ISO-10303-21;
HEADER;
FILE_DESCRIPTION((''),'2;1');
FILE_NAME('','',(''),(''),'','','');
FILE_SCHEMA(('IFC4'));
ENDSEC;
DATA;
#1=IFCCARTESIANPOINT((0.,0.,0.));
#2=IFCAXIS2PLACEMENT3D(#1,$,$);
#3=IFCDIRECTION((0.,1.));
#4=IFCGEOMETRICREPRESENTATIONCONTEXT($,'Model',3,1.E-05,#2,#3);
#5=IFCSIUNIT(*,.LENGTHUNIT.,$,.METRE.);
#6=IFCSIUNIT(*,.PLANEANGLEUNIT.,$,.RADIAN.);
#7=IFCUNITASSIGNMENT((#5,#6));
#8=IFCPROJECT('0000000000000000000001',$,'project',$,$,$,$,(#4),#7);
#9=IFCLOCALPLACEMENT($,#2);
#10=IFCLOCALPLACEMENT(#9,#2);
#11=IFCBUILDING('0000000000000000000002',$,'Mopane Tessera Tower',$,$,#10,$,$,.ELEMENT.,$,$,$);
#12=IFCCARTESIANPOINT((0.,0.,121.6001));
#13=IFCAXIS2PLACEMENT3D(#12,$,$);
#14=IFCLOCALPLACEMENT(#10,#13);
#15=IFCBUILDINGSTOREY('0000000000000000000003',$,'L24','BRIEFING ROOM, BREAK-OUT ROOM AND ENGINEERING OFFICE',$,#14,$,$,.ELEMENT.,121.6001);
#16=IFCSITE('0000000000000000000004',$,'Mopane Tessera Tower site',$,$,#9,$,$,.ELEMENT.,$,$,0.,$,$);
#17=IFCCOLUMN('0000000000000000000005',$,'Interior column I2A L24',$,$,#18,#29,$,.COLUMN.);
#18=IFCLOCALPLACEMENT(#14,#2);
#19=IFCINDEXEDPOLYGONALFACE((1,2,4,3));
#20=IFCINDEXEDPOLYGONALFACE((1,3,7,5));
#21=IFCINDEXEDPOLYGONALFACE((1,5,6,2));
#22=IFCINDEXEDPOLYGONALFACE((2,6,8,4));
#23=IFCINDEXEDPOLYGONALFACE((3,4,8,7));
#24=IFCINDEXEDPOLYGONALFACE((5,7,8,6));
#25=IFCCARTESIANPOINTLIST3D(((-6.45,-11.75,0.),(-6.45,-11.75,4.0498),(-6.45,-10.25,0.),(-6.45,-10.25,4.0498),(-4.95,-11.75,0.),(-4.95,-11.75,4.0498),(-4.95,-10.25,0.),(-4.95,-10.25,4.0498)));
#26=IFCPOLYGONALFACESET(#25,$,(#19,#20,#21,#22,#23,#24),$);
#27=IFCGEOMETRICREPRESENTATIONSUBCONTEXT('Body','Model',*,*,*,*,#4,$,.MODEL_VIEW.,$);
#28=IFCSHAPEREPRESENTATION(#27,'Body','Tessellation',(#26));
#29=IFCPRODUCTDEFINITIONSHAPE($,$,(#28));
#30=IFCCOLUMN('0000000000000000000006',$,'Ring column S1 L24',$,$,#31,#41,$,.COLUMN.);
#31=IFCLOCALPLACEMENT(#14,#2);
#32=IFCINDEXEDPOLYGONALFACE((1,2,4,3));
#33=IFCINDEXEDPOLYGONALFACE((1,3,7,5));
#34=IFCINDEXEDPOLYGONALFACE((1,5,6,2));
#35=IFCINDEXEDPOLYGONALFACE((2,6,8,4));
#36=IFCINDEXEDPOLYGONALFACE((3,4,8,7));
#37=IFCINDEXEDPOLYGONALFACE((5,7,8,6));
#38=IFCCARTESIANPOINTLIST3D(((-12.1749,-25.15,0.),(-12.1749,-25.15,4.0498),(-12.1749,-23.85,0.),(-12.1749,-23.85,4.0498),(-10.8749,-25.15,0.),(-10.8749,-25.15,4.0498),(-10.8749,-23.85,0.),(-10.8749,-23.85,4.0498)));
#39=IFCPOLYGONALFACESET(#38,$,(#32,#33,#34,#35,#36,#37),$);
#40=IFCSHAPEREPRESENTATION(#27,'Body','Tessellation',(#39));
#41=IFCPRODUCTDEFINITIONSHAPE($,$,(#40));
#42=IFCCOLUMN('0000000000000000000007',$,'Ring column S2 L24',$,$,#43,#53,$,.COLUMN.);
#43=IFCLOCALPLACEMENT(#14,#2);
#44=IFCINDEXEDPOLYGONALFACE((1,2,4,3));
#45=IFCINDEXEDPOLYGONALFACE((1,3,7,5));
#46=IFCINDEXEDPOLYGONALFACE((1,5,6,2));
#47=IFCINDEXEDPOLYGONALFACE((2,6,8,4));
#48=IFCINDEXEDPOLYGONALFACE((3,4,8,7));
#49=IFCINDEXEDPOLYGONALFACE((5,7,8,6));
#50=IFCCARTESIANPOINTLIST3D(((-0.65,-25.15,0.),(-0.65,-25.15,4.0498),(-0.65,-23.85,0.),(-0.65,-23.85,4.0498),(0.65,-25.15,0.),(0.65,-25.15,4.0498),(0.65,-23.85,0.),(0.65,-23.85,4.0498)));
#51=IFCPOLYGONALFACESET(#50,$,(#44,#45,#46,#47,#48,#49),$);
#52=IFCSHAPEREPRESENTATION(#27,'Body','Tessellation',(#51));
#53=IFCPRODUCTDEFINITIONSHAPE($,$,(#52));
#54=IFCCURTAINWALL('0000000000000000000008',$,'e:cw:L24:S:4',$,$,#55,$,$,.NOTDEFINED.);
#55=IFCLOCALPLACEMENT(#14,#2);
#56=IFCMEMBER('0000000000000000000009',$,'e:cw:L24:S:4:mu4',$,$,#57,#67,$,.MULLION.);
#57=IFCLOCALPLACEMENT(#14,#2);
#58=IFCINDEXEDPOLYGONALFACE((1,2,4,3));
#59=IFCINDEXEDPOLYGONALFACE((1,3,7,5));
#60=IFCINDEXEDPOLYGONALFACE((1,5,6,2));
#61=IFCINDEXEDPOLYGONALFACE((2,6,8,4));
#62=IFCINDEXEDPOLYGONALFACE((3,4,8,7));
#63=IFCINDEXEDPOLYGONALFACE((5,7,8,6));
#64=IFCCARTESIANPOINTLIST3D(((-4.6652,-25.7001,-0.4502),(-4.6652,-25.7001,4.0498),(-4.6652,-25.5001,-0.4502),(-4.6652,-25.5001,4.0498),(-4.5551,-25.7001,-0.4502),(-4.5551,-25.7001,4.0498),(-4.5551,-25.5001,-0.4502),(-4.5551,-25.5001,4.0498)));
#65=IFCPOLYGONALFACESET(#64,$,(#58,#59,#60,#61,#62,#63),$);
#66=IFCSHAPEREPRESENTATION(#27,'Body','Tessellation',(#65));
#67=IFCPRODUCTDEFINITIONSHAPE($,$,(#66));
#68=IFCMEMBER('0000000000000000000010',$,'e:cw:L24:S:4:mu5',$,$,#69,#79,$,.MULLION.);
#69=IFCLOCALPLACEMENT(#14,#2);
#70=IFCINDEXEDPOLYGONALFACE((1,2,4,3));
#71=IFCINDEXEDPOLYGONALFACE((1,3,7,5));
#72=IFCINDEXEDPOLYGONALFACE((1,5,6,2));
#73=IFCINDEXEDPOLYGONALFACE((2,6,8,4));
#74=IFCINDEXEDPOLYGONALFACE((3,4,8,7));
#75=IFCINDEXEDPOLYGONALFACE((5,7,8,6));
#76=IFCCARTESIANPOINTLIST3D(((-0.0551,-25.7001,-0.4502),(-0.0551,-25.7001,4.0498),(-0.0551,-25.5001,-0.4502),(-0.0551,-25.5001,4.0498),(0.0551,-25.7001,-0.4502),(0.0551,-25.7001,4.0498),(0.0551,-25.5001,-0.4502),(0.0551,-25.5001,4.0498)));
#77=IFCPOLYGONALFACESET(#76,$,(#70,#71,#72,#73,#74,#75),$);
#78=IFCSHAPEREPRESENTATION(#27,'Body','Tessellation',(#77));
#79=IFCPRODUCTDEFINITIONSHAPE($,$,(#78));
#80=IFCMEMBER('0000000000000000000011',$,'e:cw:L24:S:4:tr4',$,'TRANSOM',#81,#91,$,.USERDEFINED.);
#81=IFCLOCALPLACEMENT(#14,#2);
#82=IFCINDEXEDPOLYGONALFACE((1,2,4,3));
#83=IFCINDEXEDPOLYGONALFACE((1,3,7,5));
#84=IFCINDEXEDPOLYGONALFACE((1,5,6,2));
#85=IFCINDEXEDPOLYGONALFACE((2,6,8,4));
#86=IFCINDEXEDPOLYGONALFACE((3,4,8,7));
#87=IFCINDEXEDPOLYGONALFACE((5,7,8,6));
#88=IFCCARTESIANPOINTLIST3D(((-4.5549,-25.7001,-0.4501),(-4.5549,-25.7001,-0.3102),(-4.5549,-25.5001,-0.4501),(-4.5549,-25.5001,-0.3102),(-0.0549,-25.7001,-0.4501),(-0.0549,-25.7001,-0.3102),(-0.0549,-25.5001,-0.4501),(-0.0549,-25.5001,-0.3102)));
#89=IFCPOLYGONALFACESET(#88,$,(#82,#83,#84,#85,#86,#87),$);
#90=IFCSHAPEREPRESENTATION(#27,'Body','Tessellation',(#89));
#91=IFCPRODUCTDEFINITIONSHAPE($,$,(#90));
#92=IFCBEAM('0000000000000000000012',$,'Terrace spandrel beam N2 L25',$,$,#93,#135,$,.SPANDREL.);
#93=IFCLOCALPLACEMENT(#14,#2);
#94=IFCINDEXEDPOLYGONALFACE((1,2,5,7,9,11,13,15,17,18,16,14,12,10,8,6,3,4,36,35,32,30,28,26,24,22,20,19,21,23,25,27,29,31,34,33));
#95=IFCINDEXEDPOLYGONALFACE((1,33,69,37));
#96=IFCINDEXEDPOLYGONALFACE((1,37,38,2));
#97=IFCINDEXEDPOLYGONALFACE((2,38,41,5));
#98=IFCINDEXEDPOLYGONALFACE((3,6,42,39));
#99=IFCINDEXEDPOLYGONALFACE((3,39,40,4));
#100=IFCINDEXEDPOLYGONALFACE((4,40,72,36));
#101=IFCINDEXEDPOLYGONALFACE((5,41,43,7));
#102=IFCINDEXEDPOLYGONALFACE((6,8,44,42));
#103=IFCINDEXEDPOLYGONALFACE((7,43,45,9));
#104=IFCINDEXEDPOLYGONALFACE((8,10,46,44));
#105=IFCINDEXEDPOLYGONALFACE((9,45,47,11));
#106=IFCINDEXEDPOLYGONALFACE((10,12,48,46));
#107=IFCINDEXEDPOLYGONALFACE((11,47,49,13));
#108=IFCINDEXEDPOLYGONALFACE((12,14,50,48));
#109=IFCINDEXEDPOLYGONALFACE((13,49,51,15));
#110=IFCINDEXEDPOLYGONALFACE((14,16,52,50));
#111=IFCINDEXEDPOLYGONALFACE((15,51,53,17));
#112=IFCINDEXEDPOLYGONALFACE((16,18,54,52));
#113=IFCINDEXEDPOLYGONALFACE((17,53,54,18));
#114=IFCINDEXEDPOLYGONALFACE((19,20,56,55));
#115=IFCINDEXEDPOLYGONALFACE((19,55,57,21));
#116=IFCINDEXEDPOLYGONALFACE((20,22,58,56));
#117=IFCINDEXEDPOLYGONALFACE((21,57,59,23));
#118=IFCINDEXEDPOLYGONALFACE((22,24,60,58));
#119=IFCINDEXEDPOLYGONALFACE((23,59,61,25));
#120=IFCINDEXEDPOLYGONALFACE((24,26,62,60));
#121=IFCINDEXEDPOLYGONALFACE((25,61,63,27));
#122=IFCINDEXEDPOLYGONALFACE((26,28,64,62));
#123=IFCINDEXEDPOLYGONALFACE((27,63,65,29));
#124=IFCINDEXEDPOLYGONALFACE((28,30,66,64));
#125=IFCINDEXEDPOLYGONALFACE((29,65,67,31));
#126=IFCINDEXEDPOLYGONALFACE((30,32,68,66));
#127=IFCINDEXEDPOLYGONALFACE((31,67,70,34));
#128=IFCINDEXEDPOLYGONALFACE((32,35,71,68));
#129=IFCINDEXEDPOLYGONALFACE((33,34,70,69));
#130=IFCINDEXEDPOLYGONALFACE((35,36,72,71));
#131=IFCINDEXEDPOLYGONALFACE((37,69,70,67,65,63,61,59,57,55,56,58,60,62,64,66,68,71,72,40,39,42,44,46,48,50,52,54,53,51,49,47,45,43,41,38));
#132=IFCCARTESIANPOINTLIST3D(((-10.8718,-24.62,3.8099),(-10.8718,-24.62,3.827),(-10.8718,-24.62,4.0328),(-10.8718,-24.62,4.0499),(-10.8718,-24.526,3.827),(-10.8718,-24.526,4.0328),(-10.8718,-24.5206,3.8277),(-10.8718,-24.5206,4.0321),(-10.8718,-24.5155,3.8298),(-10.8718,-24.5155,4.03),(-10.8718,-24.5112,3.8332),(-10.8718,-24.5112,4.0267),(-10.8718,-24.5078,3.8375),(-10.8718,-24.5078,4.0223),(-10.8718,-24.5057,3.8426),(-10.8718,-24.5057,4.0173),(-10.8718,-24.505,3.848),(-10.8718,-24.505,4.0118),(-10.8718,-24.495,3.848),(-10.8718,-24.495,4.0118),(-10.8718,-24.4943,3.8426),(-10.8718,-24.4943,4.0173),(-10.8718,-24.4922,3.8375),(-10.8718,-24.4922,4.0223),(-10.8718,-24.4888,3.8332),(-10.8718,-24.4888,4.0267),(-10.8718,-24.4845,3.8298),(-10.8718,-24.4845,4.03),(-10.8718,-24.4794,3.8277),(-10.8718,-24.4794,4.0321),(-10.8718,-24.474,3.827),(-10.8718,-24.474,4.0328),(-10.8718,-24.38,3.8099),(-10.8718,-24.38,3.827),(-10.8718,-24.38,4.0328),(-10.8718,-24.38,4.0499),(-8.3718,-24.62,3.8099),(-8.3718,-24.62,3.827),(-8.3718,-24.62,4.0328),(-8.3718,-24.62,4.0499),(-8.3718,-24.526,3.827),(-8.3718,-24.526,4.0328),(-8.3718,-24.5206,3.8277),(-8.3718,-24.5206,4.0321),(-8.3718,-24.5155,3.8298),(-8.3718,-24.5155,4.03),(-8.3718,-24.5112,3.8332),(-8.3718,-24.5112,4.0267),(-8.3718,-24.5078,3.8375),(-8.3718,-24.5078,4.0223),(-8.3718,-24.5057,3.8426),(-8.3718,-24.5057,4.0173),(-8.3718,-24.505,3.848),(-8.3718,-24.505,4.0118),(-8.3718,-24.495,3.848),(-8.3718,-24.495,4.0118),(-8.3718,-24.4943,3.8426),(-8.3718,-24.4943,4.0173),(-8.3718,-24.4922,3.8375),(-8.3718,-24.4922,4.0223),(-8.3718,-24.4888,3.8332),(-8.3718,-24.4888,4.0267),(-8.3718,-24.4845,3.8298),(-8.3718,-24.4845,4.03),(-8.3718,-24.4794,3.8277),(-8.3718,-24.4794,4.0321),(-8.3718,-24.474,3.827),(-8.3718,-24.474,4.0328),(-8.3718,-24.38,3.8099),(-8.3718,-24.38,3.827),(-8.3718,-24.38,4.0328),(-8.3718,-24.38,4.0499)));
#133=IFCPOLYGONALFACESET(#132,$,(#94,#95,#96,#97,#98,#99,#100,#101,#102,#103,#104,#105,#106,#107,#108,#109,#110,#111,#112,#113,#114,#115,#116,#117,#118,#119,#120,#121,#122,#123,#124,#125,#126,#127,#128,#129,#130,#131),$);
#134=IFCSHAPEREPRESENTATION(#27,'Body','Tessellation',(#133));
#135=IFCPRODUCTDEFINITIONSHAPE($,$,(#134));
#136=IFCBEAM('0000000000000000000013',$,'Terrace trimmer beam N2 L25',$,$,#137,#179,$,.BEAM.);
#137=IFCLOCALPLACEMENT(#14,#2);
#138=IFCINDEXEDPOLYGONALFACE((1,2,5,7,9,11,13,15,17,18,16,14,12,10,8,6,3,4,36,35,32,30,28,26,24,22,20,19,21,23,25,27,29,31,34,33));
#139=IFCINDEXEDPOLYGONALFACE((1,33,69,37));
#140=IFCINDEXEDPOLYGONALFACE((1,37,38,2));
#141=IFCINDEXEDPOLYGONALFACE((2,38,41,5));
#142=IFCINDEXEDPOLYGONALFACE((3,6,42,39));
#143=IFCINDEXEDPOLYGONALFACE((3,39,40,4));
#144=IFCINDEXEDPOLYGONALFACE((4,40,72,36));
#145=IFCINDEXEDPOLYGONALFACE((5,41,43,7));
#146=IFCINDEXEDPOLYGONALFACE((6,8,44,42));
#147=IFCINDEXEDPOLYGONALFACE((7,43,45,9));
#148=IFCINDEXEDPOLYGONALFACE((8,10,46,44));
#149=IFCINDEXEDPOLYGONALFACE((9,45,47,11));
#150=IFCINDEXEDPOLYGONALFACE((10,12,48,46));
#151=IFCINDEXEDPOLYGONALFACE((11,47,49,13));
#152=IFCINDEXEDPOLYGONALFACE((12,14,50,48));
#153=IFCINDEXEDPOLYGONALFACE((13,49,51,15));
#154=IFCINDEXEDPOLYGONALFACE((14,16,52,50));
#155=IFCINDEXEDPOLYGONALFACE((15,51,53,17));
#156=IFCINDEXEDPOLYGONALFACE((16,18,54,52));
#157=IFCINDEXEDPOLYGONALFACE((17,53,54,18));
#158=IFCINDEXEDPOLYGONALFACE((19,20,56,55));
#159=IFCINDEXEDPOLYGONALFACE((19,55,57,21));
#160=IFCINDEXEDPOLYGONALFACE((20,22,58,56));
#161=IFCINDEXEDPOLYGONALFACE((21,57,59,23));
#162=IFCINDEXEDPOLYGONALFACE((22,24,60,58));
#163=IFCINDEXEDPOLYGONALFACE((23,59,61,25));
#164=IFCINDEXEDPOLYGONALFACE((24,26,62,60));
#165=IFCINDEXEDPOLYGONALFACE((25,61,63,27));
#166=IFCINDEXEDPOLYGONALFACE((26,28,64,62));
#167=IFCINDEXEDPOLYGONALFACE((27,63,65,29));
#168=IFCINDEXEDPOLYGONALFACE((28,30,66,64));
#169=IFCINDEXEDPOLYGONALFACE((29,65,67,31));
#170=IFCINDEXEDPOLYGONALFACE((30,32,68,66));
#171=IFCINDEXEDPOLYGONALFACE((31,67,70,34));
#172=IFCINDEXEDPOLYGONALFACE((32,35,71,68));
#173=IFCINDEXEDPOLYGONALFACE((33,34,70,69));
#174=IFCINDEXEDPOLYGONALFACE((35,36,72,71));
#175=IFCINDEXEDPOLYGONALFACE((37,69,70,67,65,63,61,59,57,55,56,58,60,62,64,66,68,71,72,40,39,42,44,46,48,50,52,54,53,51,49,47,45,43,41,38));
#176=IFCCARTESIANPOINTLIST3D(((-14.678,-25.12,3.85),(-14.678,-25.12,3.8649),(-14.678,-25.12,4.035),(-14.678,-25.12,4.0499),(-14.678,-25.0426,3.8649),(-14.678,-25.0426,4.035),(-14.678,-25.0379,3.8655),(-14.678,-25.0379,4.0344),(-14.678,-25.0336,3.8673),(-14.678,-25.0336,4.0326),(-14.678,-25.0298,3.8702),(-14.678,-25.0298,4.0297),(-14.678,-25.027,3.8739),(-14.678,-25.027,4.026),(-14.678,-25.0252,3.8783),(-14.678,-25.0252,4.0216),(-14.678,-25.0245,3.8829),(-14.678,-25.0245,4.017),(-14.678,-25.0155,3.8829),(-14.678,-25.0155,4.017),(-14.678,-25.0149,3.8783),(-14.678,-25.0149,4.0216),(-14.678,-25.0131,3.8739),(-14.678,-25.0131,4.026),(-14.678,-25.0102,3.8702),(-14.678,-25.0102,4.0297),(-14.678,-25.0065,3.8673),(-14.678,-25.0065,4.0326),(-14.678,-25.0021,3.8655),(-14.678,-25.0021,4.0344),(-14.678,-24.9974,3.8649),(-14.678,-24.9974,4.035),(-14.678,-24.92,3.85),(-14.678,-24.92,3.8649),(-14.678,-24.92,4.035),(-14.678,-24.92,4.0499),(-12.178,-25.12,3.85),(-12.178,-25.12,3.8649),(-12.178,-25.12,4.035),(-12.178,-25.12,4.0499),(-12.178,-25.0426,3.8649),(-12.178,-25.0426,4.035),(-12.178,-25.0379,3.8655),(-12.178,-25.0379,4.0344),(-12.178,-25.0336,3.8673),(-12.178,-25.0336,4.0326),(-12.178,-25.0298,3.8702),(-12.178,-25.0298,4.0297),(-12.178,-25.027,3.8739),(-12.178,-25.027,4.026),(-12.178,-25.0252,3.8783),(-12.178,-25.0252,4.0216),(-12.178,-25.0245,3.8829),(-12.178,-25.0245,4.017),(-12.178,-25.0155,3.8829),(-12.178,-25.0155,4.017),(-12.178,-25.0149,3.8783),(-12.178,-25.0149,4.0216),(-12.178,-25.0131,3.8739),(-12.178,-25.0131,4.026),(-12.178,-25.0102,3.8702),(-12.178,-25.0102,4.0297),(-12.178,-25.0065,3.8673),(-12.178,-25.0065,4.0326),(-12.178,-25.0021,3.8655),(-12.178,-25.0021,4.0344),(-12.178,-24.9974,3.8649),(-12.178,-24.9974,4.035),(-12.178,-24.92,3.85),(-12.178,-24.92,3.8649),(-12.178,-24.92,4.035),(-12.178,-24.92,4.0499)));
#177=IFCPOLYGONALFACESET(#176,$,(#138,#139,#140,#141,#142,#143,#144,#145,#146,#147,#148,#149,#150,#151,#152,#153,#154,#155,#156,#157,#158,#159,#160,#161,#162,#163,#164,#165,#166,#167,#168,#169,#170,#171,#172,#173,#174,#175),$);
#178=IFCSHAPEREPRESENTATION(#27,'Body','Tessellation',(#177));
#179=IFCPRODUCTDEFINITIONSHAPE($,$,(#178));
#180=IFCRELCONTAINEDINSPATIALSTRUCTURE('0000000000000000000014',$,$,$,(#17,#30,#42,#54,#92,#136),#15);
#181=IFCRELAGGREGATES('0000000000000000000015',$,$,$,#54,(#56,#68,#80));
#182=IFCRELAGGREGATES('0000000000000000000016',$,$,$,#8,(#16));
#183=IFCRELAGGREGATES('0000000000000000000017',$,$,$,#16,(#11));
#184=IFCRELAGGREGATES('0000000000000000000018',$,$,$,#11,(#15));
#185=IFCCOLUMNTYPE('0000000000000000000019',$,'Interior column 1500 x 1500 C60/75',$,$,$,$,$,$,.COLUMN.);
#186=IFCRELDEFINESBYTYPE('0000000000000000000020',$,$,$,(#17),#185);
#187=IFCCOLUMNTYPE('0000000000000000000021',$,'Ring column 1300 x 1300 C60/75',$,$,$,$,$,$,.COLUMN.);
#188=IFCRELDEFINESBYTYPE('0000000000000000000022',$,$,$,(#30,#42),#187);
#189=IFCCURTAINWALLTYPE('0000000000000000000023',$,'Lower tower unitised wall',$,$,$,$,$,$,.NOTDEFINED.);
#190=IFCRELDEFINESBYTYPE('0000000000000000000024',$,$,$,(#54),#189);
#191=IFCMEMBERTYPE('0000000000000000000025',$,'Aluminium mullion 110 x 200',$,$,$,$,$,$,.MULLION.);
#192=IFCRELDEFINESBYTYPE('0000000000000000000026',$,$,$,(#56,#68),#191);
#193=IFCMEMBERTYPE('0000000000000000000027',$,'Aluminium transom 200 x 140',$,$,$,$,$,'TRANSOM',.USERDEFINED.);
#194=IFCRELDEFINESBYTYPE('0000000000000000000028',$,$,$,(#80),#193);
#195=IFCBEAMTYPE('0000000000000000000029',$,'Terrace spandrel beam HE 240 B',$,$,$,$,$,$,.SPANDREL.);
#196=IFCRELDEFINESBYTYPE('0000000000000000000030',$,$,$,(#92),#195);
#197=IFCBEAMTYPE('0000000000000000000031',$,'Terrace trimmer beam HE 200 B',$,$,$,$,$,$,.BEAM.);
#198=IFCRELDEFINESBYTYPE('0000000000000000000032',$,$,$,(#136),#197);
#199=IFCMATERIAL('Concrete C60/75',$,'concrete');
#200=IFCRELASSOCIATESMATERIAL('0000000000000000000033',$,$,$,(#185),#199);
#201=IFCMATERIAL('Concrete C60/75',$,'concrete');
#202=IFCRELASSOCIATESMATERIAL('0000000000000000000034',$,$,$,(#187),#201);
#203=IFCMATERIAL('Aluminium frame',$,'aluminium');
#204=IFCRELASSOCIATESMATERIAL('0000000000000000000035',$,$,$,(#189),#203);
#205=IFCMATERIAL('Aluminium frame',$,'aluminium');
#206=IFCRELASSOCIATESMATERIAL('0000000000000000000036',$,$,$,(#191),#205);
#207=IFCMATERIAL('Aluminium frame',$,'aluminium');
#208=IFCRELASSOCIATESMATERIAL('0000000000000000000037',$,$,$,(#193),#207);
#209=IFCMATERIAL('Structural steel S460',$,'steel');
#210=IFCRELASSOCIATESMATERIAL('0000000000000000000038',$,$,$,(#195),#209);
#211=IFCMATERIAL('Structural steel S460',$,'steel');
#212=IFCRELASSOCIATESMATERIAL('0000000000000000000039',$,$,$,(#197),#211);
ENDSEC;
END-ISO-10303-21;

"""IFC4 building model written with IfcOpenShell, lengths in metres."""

from ifc_helpers import new_model, si_unit, direction, frame, origin, origin_2d, place, context, subcontext, project, spatial, rectangle, i_section, extrude, material, material_profile, profile_set, type_object, element, aggregate, save


model = new_model("IFC4")

# Units and contexts
model_context = context("Model", 3, precision=1e-05, world=origin(), true_north=direction((0.0, 1.0)))
body_context = subcontext(model_context, "Body", "Model", "MODEL_VIEW")
ifc_project = project(units=[si_unit("LENGTHUNIT", "METRE"), si_unit("PLANEANGLEUNIT", "RADIAN")], contexts=[model_context])

# Site, building, storey
site_placement = place(None, origin())
site = spatial("IfcSite", under=ifc_project, at=site_placement, Name="Mopane Tessera Tower site", CompositionType="ELEMENT", RefElevation=0.0)
building_placement = place(site_placement, origin())
building = spatial("IfcBuilding", under=site, at=building_placement, Name="Mopane Tessera Tower", CompositionType="ELEMENT")
storey_placement = place(building_placement, frame((0.0, 0.0, 121.6001)))
storey = spatial("IfcBuildingStorey", under=building, at=storey_placement, Name="L24", Description="BRIEFING ROOM, BREAK-OUT ROOM AND ENGINEERING OFFICE", CompositionType="ELEMENT", Elevation=121.6001)

# Columns
ifc_material_1 = material(Name="Concrete C60/75", Category="concrete")
ifc_material_profile_1 = material_profile(ifc_material_1, rectangle(XDim=1.5, YDim=1.5, at=origin_2d()))
ifc_profile_set_1 = profile_set([ifc_material_profile_1], Name="Concrete C60/75")
column_type_1 = type_object("IfcColumnType", Name="Interior column 1500 x 1500 C60/75", PredefinedType="COLUMN", material=ifc_profile_set_1)
column_placement = place(storey_placement, frame((-5.7, -11.0, 0.0), z_axis=(0.0, 0.0, 1.0), x_axis=(1.0, 0.0, 0.0)))
element("IfcColumn", 1, at=column_placement, inside=storey, type_object=column_type_1, Name="Interior column I2A L24", PredefinedType="COLUMN", context=body_context, shape_type="SweptSolid", body=[
    extrude(rectangle(XDim=1.5, YDim=1.5, at=origin_2d()), origin(), (0.0, 0.0, 1.0), 4.0498),
])
ifc_material_2 = material(Name="Concrete C60/75", Category="concrete")
ifc_material_profile_2 = material_profile(ifc_material_2, rectangle(XDim=1.3, YDim=1.3, at=origin_2d()))
ifc_profile_set_2 = profile_set([ifc_material_profile_2], Name="Concrete C60/75")
column_type_2 = type_object("IfcColumnType", Name="Ring column 1300 x 1300 C60/75", PredefinedType="COLUMN", material=ifc_profile_set_2)
for number, where, z_axis, x_axis, name in (
    (2, (-11.5249, -24.5, 0.0), (0.0, 0.0, 1.0), (1.0, 0.0, 0.0), "Ring column S1 L24"),
    (3, (0.0, -24.5, 0.0), (0.0, 0.0, 1.0), (1.0, 0.0, 0.0), "Ring column S2 L24"),
):
    element("IfcColumn", number, at=place(storey_placement, frame(where, z_axis=z_axis, x_axis=x_axis)), inside=storey, type_object=column_type_2, Name=name, PredefinedType="COLUMN", context=body_context, shape_type="SweptSolid", body=[
        extrude(rectangle(XDim=1.3, YDim=1.3, at=origin_2d()), origin(), (0.0, 0.0, 1.0), 4.0498),
    ])

# Curtain wall, members
ifc_material_3 = material(Name="Aluminium frame", Category="aluminium")
curtain_wall_type = type_object("IfcCurtainWallType", Name="Lower tower unitised wall", PredefinedType="NOTDEFINED", material=ifc_material_3)
curtain_wall_placement = place(storey_placement, origin())
curtain_wall = element("IfcCurtainWall", 4, at=curtain_wall_placement, inside=storey, type_object=curtain_wall_type, Name="e:cw:L24:S:4", PredefinedType="NOTDEFINED")
ifc_material_4 = material(Name="Aluminium frame", Category="aluminium")
ifc_material_profile_3 = material_profile(ifc_material_4, rectangle(XDim=0.1101, YDim=0.2, at=origin_2d()))
ifc_profile_set_3 = profile_set([ifc_material_profile_3], Name="Aluminium frame")
member_type_1 = type_object("IfcMemberType", Name="Aluminium mullion 110 x 200", PredefinedType="MULLION", material=ifc_profile_set_3)
member_1_placement = place(storey_placement, frame((-4.6101, -25.6001, -0.4502), z_axis=(0.0, 0.0, 1.0), x_axis=(1.0, 0.0, 0.0)))
member_1 = element("IfcMember", 5, at=member_1_placement, type_object=member_type_1, Name="e:cw:L24:S:4:mu4", PredefinedType="MULLION", context=body_context, shape_type="SweptSolid", body=[
    extrude(rectangle(XDim=0.1101, YDim=0.2, at=origin_2d()), origin(), (0.0, 0.0, 1.0), 4.5),
])
member_2_placement = place(storey_placement, frame((0.0, -25.6001, -0.4502), z_axis=(0.0, 0.0, 1.0), x_axis=(1.0, 0.0, 0.0)))
member_2 = element("IfcMember", 6, at=member_2_placement, type_object=member_type_1, Name="e:cw:L24:S:4:mu5", PredefinedType="MULLION", context=body_context, shape_type="SweptSolid", body=[
    extrude(rectangle(XDim=0.1101, YDim=0.2, at=origin_2d()), origin(), (0.0, 0.0, 1.0), 4.5),
])
ifc_material_5 = material(Name="Aluminium frame", Category="aluminium")
ifc_material_profile_4 = material_profile(ifc_material_5, rectangle(XDim=0.2, YDim=0.1399, at=origin_2d()))
ifc_profile_set_4 = profile_set([ifc_material_profile_4], Name="Aluminium frame")
member_type_2 = type_object("IfcMemberType", Name="Aluminium transom 200 x 140", ElementType="TRANSOM", PredefinedType="USERDEFINED", material=ifc_profile_set_4)
member_3_placement = place(storey_placement, frame((-4.5549, -25.6001, -0.3801), z_axis=(1.0, 0.0, 0.0), x_axis=(0.0, 1.0, 0.0)))
member_3 = element("IfcMember", 7, at=member_3_placement, type_object=member_type_2, Name="e:cw:L24:S:4:tr4", ObjectType="TRANSOM", PredefinedType="USERDEFINED", context=body_context, shape_type="SweptSolid", body=[
    extrude(rectangle(XDim=0.2, YDim=0.1399, at=origin_2d()), origin(), (0.0, 0.0, 1.0), 4.5),
])

# Beams
ifc_material_6 = material(Name="Structural steel S460", Category="steel")
ifc_material_profile_5 = material_profile(ifc_material_6, i_section(OverallWidth=0.24, OverallDepth=0.24, WebThickness=0.01, FlangeThickness=0.0171, FilletRadius=0.021, at=origin_2d()))
ifc_profile_set_5 = profile_set([ifc_material_profile_5], Name="Structural steel S460")
beam_type_1 = type_object("IfcBeamType", Name="Terrace spandrel beam HE 240 B", PredefinedType="SPANDREL", material=ifc_profile_set_5)
beam_1_placement = place(storey_placement, frame((-10.8718, -24.5, 3.9299), z_axis=(1.0, 0.0, 0.0), x_axis=(0.0, 1.0, 0.0)))
element("IfcBeam", 8, at=beam_1_placement, inside=storey, type_object=beam_type_1, Name="Terrace spandrel beam N2 L25", PredefinedType="SPANDREL", context=body_context, shape_type="SweptSolid", body=[
    extrude(i_section(OverallWidth=0.24, OverallDepth=0.24, WebThickness=0.01, FlangeThickness=0.0171, FilletRadius=0.021, at=origin_2d()), origin(), (0.0, 0.0, 1.0), 2.5),
])
ifc_material_7 = material(Name="Structural steel S460", Category="steel")
ifc_material_profile_6 = material_profile(ifc_material_7, i_section(OverallWidth=0.2, OverallDepth=0.2, WebThickness=0.009, FlangeThickness=0.0149, FilletRadius=0.0181, at=origin_2d()))
ifc_profile_set_6 = profile_set([ifc_material_profile_6], Name="Structural steel S460")
beam_type_2 = type_object("IfcBeamType", Name="Terrace trimmer beam HE 200 B", PredefinedType="BEAM", material=ifc_profile_set_6)
beam_2_placement = place(storey_placement, frame((-12.178, -25.02, 3.95), z_axis=(-1.0, 0.0, 0.0), x_axis=(0.0, -1.0, 0.0)))
element("IfcBeam", 9, at=beam_2_placement, inside=storey, type_object=beam_type_2, Name="Terrace trimmer beam N2 L25", PredefinedType="BEAM", context=body_context, shape_type="SweptSolid", body=[
    extrude(i_section(OverallWidth=0.2, OverallDepth=0.2, WebThickness=0.009, FlangeThickness=0.0149, FilletRadius=0.0181, at=origin_2d()), origin(), (0.0, 0.0, 1.0), 2.5),
])

aggregate(curtain_wall, [member_1, member_2, member_3])

save(model, "model.ifc")
